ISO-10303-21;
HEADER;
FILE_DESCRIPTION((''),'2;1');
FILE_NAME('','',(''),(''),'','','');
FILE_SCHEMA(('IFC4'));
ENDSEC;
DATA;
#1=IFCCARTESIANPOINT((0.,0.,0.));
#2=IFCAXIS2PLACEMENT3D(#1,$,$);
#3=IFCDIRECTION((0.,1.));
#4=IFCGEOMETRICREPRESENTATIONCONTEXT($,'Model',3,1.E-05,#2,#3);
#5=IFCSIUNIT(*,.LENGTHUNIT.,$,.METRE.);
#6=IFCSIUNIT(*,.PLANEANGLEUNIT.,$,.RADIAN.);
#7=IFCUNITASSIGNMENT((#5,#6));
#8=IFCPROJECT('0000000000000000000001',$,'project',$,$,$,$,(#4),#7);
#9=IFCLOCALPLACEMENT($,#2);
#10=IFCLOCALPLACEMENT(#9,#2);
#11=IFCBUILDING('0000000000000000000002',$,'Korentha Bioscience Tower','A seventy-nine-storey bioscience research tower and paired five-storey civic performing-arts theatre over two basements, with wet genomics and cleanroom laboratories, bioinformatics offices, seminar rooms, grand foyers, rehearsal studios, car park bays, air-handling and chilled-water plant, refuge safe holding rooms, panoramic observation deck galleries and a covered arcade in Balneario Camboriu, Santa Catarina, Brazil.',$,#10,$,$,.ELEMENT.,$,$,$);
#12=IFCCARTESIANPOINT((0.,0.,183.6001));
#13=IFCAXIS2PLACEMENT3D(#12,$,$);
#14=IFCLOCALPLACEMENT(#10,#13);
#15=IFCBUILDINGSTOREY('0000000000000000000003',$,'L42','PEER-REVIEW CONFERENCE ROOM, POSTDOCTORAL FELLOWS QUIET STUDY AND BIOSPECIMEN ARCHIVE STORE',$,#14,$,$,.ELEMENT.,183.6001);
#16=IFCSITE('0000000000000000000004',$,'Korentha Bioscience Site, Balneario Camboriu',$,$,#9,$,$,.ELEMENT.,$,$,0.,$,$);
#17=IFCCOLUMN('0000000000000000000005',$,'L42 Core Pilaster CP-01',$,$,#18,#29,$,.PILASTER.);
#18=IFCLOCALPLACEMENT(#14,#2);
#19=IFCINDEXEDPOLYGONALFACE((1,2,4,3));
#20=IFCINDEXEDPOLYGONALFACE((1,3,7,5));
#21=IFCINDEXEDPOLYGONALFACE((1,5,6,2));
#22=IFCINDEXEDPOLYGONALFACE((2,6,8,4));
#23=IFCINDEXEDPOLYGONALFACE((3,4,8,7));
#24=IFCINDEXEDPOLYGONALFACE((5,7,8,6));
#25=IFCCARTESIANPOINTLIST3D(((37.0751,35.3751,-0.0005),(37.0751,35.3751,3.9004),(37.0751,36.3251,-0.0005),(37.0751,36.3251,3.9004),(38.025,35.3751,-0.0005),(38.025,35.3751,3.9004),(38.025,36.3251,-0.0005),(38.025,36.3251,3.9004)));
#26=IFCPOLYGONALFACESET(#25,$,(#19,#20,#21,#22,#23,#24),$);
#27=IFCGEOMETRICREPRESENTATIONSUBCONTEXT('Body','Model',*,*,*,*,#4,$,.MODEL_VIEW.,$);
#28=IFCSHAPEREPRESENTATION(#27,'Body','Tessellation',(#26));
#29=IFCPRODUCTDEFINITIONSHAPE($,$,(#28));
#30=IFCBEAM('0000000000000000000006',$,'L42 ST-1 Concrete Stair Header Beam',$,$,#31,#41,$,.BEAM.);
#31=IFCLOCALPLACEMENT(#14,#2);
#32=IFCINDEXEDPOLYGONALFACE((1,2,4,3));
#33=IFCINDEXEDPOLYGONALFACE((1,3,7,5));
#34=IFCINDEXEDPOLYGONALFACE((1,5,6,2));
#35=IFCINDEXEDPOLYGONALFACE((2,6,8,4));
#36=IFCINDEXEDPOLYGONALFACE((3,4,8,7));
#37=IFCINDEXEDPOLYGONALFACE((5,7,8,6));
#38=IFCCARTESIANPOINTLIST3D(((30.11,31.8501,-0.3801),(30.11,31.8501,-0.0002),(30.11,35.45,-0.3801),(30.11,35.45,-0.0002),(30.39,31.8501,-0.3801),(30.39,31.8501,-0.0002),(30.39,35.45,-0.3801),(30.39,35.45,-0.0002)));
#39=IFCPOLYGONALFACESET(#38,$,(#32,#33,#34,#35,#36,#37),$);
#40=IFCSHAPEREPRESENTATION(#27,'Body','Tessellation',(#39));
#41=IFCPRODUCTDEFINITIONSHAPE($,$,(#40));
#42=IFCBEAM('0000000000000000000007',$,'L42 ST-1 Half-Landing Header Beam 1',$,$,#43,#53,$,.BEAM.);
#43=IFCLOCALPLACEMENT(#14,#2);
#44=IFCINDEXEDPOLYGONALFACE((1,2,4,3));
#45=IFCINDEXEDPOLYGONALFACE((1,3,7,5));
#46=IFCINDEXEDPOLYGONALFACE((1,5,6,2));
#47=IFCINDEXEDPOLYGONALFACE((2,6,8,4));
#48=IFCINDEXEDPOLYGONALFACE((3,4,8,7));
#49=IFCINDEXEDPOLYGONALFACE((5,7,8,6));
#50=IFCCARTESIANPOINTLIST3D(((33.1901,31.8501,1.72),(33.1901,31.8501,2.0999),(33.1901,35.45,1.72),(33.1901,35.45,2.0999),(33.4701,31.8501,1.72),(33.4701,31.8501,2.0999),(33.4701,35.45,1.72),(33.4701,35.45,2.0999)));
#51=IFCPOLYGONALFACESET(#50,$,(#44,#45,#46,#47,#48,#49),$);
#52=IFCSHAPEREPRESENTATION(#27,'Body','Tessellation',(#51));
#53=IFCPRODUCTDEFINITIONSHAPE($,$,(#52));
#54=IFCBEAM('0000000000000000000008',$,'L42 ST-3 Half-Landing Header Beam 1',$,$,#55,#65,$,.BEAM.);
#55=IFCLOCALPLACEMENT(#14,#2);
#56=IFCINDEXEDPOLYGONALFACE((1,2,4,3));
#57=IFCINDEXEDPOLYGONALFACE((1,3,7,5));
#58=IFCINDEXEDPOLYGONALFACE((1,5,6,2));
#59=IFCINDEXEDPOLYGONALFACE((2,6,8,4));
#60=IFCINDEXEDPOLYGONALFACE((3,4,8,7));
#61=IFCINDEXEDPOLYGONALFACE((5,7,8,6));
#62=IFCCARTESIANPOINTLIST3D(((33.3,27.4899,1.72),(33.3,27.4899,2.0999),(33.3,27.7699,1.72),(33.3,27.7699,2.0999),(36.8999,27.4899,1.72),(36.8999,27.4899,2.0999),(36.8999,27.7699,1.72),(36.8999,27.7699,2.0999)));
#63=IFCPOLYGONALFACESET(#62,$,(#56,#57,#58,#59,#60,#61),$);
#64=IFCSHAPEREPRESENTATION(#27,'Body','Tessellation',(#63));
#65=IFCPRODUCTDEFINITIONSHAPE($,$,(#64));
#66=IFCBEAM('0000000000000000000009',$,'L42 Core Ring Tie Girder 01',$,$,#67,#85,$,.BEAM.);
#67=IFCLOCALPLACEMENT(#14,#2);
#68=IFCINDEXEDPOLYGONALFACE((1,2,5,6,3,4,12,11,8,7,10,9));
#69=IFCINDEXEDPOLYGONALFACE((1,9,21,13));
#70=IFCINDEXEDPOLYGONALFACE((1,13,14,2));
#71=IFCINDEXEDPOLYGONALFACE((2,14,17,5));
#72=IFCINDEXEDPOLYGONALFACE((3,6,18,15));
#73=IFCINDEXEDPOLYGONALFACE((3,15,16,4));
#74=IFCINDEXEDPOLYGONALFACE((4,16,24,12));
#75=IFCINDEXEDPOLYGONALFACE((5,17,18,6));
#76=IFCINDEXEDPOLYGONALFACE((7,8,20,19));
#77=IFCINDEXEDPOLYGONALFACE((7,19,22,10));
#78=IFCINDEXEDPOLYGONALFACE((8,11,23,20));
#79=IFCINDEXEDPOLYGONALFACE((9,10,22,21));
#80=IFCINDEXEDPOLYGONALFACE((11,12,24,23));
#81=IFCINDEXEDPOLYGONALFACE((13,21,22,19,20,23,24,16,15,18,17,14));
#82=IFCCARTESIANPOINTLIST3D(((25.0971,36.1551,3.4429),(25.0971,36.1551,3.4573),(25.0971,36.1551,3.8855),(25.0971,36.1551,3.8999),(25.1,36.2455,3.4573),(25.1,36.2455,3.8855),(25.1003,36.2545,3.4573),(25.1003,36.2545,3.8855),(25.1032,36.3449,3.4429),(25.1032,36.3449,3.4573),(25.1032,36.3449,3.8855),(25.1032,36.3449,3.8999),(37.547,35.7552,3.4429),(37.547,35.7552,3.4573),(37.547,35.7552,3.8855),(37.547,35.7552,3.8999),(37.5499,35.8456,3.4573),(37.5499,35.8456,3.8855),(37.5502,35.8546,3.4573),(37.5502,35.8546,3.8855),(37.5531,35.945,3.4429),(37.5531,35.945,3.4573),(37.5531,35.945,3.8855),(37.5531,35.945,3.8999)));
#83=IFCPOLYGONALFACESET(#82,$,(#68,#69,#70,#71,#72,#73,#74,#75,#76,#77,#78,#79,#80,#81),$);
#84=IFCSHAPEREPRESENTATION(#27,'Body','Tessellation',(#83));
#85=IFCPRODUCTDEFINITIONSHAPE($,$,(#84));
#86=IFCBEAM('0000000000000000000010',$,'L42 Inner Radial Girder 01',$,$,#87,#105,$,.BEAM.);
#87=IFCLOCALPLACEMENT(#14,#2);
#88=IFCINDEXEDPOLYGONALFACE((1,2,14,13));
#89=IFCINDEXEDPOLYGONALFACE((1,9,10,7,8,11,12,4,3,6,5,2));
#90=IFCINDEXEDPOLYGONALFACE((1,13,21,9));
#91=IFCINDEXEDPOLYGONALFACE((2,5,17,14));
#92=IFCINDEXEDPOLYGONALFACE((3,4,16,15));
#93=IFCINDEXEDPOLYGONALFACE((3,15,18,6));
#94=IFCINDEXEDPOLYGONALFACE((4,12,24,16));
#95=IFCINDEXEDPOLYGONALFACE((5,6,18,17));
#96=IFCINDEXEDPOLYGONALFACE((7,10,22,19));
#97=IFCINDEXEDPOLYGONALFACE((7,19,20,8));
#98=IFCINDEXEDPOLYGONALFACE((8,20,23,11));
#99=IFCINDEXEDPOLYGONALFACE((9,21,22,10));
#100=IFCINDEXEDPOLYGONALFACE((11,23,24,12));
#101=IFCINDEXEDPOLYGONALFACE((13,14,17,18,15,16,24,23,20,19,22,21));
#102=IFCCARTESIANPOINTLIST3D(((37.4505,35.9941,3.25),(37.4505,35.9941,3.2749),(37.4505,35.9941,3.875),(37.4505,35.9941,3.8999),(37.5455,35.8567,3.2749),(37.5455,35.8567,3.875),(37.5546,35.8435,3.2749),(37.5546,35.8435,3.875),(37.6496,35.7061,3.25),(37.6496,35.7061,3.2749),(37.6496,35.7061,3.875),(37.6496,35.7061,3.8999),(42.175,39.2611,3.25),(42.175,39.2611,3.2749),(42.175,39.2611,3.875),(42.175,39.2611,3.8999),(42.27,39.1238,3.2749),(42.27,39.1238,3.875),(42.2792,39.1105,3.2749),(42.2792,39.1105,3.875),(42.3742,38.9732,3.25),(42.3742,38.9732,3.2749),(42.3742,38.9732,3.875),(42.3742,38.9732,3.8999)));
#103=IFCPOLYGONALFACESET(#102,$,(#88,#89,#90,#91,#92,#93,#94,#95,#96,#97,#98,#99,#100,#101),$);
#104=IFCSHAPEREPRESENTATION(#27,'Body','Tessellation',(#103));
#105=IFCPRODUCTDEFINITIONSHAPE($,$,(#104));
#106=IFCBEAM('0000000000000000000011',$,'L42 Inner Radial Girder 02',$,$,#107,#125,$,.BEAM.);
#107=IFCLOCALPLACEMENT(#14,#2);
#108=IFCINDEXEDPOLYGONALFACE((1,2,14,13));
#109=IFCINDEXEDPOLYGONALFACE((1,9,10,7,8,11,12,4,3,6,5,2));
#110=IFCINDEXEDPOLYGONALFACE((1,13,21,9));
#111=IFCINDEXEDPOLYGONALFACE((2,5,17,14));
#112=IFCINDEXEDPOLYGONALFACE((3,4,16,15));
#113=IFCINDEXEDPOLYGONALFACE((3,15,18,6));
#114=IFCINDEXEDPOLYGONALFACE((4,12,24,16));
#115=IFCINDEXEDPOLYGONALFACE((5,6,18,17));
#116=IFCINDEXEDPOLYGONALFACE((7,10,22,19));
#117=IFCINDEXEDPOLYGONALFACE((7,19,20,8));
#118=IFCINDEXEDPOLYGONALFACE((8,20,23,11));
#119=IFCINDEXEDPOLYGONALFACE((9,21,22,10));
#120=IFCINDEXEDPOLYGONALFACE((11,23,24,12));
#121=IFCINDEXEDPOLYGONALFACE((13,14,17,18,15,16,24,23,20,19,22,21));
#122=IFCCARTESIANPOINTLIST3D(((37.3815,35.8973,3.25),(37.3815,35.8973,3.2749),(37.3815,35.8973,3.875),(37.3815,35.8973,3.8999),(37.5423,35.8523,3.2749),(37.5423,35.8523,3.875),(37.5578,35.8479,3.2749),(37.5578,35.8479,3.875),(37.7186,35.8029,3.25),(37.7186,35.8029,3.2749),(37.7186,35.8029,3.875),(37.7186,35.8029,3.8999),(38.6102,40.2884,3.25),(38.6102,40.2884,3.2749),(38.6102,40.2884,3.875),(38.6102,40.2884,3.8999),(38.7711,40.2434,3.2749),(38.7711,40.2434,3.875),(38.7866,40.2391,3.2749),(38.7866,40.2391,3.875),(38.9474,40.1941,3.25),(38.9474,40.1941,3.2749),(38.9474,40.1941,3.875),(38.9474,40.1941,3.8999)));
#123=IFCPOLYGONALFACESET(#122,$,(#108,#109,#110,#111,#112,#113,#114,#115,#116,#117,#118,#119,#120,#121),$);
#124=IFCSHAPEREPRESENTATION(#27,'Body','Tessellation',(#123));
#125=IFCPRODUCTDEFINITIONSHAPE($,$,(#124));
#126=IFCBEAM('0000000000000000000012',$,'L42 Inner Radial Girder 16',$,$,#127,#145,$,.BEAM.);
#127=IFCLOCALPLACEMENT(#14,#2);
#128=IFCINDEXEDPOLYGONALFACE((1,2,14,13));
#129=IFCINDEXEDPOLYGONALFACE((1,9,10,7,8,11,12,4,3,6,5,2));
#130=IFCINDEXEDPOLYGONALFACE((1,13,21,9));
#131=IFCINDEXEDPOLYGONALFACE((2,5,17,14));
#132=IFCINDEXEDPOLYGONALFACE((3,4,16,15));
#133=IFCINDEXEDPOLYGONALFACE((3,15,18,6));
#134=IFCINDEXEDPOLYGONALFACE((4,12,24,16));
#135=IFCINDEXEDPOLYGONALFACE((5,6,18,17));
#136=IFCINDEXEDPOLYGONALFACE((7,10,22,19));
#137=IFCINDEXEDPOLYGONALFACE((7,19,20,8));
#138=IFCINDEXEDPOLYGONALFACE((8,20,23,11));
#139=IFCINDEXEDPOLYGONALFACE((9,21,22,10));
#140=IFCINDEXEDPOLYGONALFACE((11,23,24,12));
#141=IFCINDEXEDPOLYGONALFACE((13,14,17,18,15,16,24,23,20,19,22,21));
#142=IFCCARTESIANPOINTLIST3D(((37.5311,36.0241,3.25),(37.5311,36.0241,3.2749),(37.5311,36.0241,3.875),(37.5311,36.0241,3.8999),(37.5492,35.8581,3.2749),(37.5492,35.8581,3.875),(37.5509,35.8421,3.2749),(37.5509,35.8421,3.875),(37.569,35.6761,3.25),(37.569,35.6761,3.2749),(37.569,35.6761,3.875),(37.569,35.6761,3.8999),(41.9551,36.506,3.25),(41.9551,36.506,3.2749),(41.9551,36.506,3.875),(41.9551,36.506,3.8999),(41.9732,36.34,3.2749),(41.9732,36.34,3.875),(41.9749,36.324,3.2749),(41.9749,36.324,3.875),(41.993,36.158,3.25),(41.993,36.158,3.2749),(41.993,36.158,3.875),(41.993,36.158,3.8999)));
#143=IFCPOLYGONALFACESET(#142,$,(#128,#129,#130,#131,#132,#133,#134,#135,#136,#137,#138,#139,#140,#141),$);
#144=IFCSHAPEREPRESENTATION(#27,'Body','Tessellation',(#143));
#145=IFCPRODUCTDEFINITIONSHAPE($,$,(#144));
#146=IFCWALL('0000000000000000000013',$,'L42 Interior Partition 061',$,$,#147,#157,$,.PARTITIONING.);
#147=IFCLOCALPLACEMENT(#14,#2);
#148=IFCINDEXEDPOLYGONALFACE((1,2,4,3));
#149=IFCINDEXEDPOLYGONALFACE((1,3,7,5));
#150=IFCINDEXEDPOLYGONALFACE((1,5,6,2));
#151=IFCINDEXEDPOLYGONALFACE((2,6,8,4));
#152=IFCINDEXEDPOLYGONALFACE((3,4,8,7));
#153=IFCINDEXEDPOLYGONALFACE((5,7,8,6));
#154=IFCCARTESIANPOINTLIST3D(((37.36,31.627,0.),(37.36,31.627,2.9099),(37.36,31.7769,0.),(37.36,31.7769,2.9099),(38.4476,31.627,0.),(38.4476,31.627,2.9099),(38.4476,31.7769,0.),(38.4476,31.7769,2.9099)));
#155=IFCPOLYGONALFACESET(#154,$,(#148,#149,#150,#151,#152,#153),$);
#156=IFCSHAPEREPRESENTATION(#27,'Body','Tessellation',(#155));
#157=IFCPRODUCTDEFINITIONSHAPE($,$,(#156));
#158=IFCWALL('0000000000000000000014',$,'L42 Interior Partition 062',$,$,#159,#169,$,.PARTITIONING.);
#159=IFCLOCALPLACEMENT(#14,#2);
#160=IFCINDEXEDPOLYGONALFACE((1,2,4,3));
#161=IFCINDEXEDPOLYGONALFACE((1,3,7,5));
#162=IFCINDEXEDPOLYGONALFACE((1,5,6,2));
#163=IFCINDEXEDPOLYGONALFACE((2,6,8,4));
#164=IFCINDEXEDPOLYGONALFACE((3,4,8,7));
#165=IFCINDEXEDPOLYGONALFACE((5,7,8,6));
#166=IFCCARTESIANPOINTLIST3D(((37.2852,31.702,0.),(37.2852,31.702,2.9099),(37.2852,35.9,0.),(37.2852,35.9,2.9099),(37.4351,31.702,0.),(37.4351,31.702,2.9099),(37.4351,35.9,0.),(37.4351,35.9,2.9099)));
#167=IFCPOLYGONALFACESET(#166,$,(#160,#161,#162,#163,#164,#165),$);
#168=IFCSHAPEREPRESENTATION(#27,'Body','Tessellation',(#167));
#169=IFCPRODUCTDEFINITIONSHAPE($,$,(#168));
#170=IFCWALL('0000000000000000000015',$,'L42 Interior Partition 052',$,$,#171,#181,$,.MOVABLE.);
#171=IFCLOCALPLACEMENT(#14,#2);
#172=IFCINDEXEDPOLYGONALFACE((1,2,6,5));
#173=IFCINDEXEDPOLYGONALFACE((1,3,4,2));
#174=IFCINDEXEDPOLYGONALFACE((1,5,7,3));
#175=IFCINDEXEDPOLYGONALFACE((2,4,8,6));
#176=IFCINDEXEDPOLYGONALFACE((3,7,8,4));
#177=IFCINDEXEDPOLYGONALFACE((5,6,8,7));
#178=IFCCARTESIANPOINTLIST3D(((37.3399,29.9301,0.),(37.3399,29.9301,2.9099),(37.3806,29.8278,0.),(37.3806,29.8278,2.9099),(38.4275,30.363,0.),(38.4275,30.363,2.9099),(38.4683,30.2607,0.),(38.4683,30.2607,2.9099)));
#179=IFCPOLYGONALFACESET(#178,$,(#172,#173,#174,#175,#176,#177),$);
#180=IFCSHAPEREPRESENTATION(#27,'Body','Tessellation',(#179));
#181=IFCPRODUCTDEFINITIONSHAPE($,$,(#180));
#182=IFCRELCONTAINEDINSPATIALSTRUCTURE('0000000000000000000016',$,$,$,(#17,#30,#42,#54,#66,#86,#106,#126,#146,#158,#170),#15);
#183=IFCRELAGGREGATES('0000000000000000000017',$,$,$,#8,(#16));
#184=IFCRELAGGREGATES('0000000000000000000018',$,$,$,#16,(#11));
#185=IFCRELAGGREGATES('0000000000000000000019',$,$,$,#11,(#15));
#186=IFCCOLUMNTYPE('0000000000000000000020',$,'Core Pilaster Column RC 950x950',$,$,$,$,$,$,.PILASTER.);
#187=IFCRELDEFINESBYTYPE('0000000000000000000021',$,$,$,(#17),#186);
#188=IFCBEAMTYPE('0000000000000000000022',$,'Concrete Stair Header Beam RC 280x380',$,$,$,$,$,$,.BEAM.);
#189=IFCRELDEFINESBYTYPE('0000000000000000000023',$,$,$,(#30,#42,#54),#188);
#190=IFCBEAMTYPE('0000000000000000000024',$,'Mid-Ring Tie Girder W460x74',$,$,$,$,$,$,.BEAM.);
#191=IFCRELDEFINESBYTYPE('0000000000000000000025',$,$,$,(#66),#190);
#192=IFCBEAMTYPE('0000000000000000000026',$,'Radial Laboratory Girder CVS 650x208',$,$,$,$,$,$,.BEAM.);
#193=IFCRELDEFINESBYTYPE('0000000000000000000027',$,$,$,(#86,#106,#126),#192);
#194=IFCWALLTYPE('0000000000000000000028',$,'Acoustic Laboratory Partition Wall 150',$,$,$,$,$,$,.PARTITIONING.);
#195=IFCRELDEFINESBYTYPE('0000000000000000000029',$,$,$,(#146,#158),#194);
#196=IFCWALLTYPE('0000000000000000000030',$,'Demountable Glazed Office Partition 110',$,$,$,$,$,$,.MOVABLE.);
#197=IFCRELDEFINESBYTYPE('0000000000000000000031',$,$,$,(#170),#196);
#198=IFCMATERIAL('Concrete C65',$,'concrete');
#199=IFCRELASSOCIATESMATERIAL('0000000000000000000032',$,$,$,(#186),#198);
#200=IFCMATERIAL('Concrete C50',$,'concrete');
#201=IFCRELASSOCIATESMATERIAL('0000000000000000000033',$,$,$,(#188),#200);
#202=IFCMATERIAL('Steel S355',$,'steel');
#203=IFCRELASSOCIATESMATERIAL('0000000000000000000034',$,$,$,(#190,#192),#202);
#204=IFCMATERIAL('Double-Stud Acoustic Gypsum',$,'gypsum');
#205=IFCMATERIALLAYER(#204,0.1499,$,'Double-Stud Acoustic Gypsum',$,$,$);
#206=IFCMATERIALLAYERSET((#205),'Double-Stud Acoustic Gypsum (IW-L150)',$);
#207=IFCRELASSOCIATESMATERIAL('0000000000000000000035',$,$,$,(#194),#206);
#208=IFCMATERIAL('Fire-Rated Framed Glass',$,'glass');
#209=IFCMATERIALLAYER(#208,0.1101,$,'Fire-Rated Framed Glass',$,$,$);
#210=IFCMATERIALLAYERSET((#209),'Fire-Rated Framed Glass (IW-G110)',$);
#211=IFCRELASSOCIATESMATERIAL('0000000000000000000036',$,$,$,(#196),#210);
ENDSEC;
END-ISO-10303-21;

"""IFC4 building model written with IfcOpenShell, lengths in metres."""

from ifc_helpers import new_model, si_unit, direction, frame, frame_2d, origin, origin_2d, place, context, subcontext, project, spatial, rectangle, i_section, extrude, material, layer, layer_set, material_profile, profile_set, type_object, element, save


model = new_model("IFC4")

# Units and contexts
model_context = context("Model", 3, precision=1e-05, world=origin(), true_north=direction((0.0, 1.0)))
body_context = subcontext(model_context, "Body", "Model", "MODEL_VIEW")
ifc_project = project(units=[si_unit("LENGTHUNIT", "METRE"), si_unit("PLANEANGLEUNIT", "RADIAN")], contexts=[model_context])

# Site, building, storey
site_placement = place(None, origin())
site = spatial("IfcSite", under=ifc_project, at=site_placement, Name="Korentha Bioscience Site, Balneario Camboriu", CompositionType="ELEMENT", RefElevation=0.0)
building_placement = place(site_placement, origin())
building = spatial("IfcBuilding", under=site, at=building_placement, Name="Korentha Bioscience Tower", Description="A seventy-nine-storey bioscience research tower and paired five-storey civic performing-arts theatre over two basements, with wet genomics and cleanroom laboratories, bioinformatics offices, seminar rooms, grand foyers, rehearsal studios, car park bays, air-handling and chilled-water plant, refuge safe holding rooms, panoramic observation deck galleries and a covered arcade in Balneario Camboriu, Santa Catarina, Brazil.", CompositionType="ELEMENT")
storey_placement = place(building_placement, frame((0.0, 0.0, 183.6001)))
storey = spatial("IfcBuildingStorey", under=building, at=storey_placement, Name="L42", Description="PEER-REVIEW CONFERENCE ROOM, POSTDOCTORAL FELLOWS QUIET STUDY AND BIOSPECIMEN ARCHIVE STORE", CompositionType="ELEMENT", Elevation=183.6001)

# Column
ifc_material_1 = material(Name="Concrete C65", Category="concrete")
ifc_material_profile_1 = material_profile(ifc_material_1, rectangle(XDim=0.95, YDim=0.95, at=origin_2d()), Name="Concrete C65")
ifc_profile_set_1 = profile_set([ifc_material_profile_1], Name="Concrete C65 (COL-CP09)")
column_type = type_object("IfcColumnType", Name="Core Pilaster Column RC 950x950", PredefinedType="PILASTER", material=ifc_profile_set_1)
column_placement = place(storey_placement, frame((37.55, 35.8501, -0.0005), z_axis=(0.0, 0.0, 1.0), x_axis=(1.0, 0.0, 0.0)))
element("IfcColumn", 1, at=column_placement, inside=storey, type_object=column_type, Name="L42 Core Pilaster CP-01", PredefinedType="PILASTER", context=body_context, shape_type="SweptSolid", body=[
    extrude(rectangle(XDim=0.95, YDim=0.95, at=origin_2d()), origin(), (0.0, 0.0, 1.0), 3.9009),
])

# Beams
ifc_material_2 = material(Name="Concrete C50", Category="concrete")
ifc_material_profile_2 = material_profile(ifc_material_2, rectangle(XDim=0.28, YDim=0.3799, at=origin_2d()), Name="Concrete C50")
ifc_profile_set_2 = profile_set([ifc_material_profile_2], Name="Concrete C50 (ST-HB380)")
beam_type_1 = type_object("IfcBeamType", Name="Concrete Stair Header Beam RC 280x380", PredefinedType="BEAM", material=ifc_profile_set_2)
for number, where, z_axis, x_axis, name in (
    (2, (30.25, 31.8501, -0.1902), (0.0, 1.0, 0.0), (-1.0, 0.0, 0.0), "L42 ST-1 Concrete Stair Header Beam"),
    (3, (33.3301, 31.8501, 1.9099), (0.0, 1.0, 0.0), (-1.0, 0.0, 0.0), "L42 ST-1 Half-Landing Header Beam 1"),
    (4, (36.8999, 27.6299, 1.9099), (-1.0, 0.0, 0.0), (0.0, -1.0, 0.0), "L42 ST-3 Half-Landing Header Beam 1"),
):
    element("IfcBeam", number, at=place(storey_placement, frame(where, z_axis=z_axis, x_axis=x_axis)), inside=storey, type_object=beam_type_1, Name=name, PredefinedType="BEAM", context=body_context, shape_type="SweptSolid", body=[
        extrude(rectangle(XDim=0.28, YDim=0.3799, at=origin_2d()), origin(), (0.0, 0.0, 1.0), 3.5999),
    ])
ifc_material_3 = material(Name="Steel S355", Category="steel")
ifc_material_profile_3 = material_profile(ifc_material_3, i_section(OverallWidth=0.1899, OverallDepth=0.457, WebThickness=0.009, FlangeThickness=0.0144, at=origin_2d()), Name="Steel S355")
ifc_profile_set_3 = profile_set([ifc_material_profile_3], Name="Steel S355 (MB-460)")
beam_type_2 = type_object("IfcBeamType", Name="Mid-Ring Tie Girder W460x74", PredefinedType="BEAM", material=ifc_profile_set_3)
beam_1_placement = place(storey_placement, frame((37.55, 35.8501, 3.6714), z_axis=(-0.999485, 0.032104, 0.0), x_axis=(-0.032104, -0.999485, 0.0)))
element("IfcBeam", 5, at=beam_1_placement, inside=storey, type_object=beam_type_2, Name="L42 Core Ring Tie Girder 01", PredefinedType="BEAM", context=body_context, shape_type="SweptSolid", body=[
    extrude(i_section(OverallWidth=0.1899, OverallDepth=0.457, WebThickness=0.009, FlangeThickness=0.0144, at=origin_2d()), origin(), (0.0, 0.0, 1.0), 12.4563),
])
ifc_material_profile_4 = material_profile(ifc_material_3, i_section(OverallWidth=0.3501, OverallDepth=0.6499, WebThickness=0.0161, FlangeThickness=0.0249, at=origin_2d()), Name="Steel S355")
ifc_profile_set_4 = profile_set([ifc_material_profile_4], Name="Steel S355 (RB-650)")
beam_type_3 = type_object("IfcBeamType", Name="Radial Laboratory Girder CVS 650x208", PredefinedType="BEAM", material=ifc_profile_set_4)
beam_2_placement = place(storey_placement, frame((37.55, 35.8501, 3.575), z_axis=(0.822501, 0.568763, 0.0), x_axis=(-0.568763, 0.822501, 0.0)))
element("IfcBeam", 6, at=beam_2_placement, inside=storey, type_object=beam_type_3, Name="L42 Inner Radial Girder 01", PredefinedType="BEAM", context=body_context, shape_type="SweptSolid", body=[
    extrude(i_section(OverallWidth=0.3501, OverallDepth=0.6499, WebThickness=0.0161, FlangeThickness=0.0249, at=origin_2d()), origin(), (0.0, 0.0, 1.0), 5.7441),
])
beam_3_placement = place(storey_placement, frame((37.55, 35.8501, 3.575), z_axis=(0.269477, 0.963007, 0.0), x_axis=(-0.963007, 0.269477, 0.0)))
element("IfcBeam", 7, at=beam_3_placement, inside=storey, type_object=beam_type_3, Name="L42 Inner Radial Girder 02", PredefinedType="BEAM", context=body_context, shape_type="SweptSolid", body=[
    extrude(i_section(OverallWidth=0.3501, OverallDepth=0.6499, WebThickness=0.0161, FlangeThickness=0.0249, at=origin_2d()), origin(), (0.0, 0.0, 1.0), 4.5598),
])
beam_4_placement = place(storey_placement, frame((37.55, 35.8501, 3.575), z_axis=(0.994119, 0.108294, 0.0), x_axis=(-0.108294, 0.994119, 0.0)))
element("IfcBeam", 8, at=beam_4_placement, inside=storey, type_object=beam_type_3, Name="L42 Inner Radial Girder 16", PredefinedType="BEAM", context=body_context, shape_type="SweptSolid", body=[
    extrude(i_section(OverallWidth=0.3501, OverallDepth=0.6499, WebThickness=0.0161, FlangeThickness=0.0249, at=origin_2d()), origin(), (0.0, 0.0, 1.0), 4.4502),
])

# Walls
ifc_material_4 = material(Name="Double-Stud Acoustic Gypsum", Category="gypsum")
ifc_layer_1 = layer(ifc_material_4, 0.1499, Name="Double-Stud Acoustic Gypsum")
ifc_layer_set_1 = layer_set([ifc_layer_1], Name="Double-Stud Acoustic Gypsum (IW-L150)")
wall_type_1 = type_object("IfcWallType", Name="Acoustic Laboratory Partition Wall 150", PredefinedType="PARTITIONING", material=ifc_layer_set_1)
wall_1_placement = place(storey_placement, frame((38.4478, 31.7019, 0.0), z_axis=(0.0, 0.0, 1.0), x_axis=(-1.0, 0.0, 0.0)))
element("IfcWall", 9, at=wall_1_placement, inside=storey, type_object=wall_type_1, Name="L42 Interior Partition 061", PredefinedType="PARTITIONING", context=body_context, shape_type="SweptSolid", body=[
    extrude(rectangle(XDim=1.0876, YDim=0.1499, at=frame_2d((0.5439, 0.0))), origin(), (0.0, 0.0, 1.0), 2.9099),
])
wall_2_placement = place(storey_placement, frame((37.3601, 31.7019, 0.0), z_axis=(0.0, 0.0, 1.0), x_axis=(0.0, 1.0, 0.0)))
element("IfcWall", 10, at=wall_2_placement, inside=storey, type_object=wall_type_1, Name="L42 Interior Partition 062", PredefinedType="PARTITIONING", context=body_context, shape_type="SweptSolid", body=[
    extrude(rectangle(XDim=4.198, YDim=0.1499, at=frame_2d((2.0991, 0.0))), origin(), (0.0, 0.0, 1.0), 2.9099),
])
ifc_material_5 = material(Name="Fire-Rated Framed Glass", Category="glass")
ifc_layer_2 = layer(ifc_material_5, 0.1101, Name="Fire-Rated Framed Glass")
ifc_layer_set_2 = layer_set([ifc_layer_2], Name="Fire-Rated Framed Glass (IW-G110)")
wall_type_2 = type_object("IfcWallType", Name="Demountable Glazed Office Partition 110", PredefinedType="MOVABLE", material=ifc_layer_set_2)
wall_3_placement = place(storey_placement, frame((37.3601, 29.8789, 0.0), z_axis=(0.0, 0.0, 1.0), x_axis=(0.929123, 0.369772, 0.0)))
element("IfcWall", 11, at=wall_3_placement, inside=storey, type_object=wall_type_2, Name="L42 Interior Partition 052", PredefinedType="MOVABLE", context=body_context, shape_type="SweptSolid", body=[
    extrude(rectangle(XDim=1.1707, YDim=0.1101, at=frame_2d((0.5854, 0.0))), origin(), (0.0, 0.0, 1.0), 2.9099),
])

save(model, "model.ifc")
